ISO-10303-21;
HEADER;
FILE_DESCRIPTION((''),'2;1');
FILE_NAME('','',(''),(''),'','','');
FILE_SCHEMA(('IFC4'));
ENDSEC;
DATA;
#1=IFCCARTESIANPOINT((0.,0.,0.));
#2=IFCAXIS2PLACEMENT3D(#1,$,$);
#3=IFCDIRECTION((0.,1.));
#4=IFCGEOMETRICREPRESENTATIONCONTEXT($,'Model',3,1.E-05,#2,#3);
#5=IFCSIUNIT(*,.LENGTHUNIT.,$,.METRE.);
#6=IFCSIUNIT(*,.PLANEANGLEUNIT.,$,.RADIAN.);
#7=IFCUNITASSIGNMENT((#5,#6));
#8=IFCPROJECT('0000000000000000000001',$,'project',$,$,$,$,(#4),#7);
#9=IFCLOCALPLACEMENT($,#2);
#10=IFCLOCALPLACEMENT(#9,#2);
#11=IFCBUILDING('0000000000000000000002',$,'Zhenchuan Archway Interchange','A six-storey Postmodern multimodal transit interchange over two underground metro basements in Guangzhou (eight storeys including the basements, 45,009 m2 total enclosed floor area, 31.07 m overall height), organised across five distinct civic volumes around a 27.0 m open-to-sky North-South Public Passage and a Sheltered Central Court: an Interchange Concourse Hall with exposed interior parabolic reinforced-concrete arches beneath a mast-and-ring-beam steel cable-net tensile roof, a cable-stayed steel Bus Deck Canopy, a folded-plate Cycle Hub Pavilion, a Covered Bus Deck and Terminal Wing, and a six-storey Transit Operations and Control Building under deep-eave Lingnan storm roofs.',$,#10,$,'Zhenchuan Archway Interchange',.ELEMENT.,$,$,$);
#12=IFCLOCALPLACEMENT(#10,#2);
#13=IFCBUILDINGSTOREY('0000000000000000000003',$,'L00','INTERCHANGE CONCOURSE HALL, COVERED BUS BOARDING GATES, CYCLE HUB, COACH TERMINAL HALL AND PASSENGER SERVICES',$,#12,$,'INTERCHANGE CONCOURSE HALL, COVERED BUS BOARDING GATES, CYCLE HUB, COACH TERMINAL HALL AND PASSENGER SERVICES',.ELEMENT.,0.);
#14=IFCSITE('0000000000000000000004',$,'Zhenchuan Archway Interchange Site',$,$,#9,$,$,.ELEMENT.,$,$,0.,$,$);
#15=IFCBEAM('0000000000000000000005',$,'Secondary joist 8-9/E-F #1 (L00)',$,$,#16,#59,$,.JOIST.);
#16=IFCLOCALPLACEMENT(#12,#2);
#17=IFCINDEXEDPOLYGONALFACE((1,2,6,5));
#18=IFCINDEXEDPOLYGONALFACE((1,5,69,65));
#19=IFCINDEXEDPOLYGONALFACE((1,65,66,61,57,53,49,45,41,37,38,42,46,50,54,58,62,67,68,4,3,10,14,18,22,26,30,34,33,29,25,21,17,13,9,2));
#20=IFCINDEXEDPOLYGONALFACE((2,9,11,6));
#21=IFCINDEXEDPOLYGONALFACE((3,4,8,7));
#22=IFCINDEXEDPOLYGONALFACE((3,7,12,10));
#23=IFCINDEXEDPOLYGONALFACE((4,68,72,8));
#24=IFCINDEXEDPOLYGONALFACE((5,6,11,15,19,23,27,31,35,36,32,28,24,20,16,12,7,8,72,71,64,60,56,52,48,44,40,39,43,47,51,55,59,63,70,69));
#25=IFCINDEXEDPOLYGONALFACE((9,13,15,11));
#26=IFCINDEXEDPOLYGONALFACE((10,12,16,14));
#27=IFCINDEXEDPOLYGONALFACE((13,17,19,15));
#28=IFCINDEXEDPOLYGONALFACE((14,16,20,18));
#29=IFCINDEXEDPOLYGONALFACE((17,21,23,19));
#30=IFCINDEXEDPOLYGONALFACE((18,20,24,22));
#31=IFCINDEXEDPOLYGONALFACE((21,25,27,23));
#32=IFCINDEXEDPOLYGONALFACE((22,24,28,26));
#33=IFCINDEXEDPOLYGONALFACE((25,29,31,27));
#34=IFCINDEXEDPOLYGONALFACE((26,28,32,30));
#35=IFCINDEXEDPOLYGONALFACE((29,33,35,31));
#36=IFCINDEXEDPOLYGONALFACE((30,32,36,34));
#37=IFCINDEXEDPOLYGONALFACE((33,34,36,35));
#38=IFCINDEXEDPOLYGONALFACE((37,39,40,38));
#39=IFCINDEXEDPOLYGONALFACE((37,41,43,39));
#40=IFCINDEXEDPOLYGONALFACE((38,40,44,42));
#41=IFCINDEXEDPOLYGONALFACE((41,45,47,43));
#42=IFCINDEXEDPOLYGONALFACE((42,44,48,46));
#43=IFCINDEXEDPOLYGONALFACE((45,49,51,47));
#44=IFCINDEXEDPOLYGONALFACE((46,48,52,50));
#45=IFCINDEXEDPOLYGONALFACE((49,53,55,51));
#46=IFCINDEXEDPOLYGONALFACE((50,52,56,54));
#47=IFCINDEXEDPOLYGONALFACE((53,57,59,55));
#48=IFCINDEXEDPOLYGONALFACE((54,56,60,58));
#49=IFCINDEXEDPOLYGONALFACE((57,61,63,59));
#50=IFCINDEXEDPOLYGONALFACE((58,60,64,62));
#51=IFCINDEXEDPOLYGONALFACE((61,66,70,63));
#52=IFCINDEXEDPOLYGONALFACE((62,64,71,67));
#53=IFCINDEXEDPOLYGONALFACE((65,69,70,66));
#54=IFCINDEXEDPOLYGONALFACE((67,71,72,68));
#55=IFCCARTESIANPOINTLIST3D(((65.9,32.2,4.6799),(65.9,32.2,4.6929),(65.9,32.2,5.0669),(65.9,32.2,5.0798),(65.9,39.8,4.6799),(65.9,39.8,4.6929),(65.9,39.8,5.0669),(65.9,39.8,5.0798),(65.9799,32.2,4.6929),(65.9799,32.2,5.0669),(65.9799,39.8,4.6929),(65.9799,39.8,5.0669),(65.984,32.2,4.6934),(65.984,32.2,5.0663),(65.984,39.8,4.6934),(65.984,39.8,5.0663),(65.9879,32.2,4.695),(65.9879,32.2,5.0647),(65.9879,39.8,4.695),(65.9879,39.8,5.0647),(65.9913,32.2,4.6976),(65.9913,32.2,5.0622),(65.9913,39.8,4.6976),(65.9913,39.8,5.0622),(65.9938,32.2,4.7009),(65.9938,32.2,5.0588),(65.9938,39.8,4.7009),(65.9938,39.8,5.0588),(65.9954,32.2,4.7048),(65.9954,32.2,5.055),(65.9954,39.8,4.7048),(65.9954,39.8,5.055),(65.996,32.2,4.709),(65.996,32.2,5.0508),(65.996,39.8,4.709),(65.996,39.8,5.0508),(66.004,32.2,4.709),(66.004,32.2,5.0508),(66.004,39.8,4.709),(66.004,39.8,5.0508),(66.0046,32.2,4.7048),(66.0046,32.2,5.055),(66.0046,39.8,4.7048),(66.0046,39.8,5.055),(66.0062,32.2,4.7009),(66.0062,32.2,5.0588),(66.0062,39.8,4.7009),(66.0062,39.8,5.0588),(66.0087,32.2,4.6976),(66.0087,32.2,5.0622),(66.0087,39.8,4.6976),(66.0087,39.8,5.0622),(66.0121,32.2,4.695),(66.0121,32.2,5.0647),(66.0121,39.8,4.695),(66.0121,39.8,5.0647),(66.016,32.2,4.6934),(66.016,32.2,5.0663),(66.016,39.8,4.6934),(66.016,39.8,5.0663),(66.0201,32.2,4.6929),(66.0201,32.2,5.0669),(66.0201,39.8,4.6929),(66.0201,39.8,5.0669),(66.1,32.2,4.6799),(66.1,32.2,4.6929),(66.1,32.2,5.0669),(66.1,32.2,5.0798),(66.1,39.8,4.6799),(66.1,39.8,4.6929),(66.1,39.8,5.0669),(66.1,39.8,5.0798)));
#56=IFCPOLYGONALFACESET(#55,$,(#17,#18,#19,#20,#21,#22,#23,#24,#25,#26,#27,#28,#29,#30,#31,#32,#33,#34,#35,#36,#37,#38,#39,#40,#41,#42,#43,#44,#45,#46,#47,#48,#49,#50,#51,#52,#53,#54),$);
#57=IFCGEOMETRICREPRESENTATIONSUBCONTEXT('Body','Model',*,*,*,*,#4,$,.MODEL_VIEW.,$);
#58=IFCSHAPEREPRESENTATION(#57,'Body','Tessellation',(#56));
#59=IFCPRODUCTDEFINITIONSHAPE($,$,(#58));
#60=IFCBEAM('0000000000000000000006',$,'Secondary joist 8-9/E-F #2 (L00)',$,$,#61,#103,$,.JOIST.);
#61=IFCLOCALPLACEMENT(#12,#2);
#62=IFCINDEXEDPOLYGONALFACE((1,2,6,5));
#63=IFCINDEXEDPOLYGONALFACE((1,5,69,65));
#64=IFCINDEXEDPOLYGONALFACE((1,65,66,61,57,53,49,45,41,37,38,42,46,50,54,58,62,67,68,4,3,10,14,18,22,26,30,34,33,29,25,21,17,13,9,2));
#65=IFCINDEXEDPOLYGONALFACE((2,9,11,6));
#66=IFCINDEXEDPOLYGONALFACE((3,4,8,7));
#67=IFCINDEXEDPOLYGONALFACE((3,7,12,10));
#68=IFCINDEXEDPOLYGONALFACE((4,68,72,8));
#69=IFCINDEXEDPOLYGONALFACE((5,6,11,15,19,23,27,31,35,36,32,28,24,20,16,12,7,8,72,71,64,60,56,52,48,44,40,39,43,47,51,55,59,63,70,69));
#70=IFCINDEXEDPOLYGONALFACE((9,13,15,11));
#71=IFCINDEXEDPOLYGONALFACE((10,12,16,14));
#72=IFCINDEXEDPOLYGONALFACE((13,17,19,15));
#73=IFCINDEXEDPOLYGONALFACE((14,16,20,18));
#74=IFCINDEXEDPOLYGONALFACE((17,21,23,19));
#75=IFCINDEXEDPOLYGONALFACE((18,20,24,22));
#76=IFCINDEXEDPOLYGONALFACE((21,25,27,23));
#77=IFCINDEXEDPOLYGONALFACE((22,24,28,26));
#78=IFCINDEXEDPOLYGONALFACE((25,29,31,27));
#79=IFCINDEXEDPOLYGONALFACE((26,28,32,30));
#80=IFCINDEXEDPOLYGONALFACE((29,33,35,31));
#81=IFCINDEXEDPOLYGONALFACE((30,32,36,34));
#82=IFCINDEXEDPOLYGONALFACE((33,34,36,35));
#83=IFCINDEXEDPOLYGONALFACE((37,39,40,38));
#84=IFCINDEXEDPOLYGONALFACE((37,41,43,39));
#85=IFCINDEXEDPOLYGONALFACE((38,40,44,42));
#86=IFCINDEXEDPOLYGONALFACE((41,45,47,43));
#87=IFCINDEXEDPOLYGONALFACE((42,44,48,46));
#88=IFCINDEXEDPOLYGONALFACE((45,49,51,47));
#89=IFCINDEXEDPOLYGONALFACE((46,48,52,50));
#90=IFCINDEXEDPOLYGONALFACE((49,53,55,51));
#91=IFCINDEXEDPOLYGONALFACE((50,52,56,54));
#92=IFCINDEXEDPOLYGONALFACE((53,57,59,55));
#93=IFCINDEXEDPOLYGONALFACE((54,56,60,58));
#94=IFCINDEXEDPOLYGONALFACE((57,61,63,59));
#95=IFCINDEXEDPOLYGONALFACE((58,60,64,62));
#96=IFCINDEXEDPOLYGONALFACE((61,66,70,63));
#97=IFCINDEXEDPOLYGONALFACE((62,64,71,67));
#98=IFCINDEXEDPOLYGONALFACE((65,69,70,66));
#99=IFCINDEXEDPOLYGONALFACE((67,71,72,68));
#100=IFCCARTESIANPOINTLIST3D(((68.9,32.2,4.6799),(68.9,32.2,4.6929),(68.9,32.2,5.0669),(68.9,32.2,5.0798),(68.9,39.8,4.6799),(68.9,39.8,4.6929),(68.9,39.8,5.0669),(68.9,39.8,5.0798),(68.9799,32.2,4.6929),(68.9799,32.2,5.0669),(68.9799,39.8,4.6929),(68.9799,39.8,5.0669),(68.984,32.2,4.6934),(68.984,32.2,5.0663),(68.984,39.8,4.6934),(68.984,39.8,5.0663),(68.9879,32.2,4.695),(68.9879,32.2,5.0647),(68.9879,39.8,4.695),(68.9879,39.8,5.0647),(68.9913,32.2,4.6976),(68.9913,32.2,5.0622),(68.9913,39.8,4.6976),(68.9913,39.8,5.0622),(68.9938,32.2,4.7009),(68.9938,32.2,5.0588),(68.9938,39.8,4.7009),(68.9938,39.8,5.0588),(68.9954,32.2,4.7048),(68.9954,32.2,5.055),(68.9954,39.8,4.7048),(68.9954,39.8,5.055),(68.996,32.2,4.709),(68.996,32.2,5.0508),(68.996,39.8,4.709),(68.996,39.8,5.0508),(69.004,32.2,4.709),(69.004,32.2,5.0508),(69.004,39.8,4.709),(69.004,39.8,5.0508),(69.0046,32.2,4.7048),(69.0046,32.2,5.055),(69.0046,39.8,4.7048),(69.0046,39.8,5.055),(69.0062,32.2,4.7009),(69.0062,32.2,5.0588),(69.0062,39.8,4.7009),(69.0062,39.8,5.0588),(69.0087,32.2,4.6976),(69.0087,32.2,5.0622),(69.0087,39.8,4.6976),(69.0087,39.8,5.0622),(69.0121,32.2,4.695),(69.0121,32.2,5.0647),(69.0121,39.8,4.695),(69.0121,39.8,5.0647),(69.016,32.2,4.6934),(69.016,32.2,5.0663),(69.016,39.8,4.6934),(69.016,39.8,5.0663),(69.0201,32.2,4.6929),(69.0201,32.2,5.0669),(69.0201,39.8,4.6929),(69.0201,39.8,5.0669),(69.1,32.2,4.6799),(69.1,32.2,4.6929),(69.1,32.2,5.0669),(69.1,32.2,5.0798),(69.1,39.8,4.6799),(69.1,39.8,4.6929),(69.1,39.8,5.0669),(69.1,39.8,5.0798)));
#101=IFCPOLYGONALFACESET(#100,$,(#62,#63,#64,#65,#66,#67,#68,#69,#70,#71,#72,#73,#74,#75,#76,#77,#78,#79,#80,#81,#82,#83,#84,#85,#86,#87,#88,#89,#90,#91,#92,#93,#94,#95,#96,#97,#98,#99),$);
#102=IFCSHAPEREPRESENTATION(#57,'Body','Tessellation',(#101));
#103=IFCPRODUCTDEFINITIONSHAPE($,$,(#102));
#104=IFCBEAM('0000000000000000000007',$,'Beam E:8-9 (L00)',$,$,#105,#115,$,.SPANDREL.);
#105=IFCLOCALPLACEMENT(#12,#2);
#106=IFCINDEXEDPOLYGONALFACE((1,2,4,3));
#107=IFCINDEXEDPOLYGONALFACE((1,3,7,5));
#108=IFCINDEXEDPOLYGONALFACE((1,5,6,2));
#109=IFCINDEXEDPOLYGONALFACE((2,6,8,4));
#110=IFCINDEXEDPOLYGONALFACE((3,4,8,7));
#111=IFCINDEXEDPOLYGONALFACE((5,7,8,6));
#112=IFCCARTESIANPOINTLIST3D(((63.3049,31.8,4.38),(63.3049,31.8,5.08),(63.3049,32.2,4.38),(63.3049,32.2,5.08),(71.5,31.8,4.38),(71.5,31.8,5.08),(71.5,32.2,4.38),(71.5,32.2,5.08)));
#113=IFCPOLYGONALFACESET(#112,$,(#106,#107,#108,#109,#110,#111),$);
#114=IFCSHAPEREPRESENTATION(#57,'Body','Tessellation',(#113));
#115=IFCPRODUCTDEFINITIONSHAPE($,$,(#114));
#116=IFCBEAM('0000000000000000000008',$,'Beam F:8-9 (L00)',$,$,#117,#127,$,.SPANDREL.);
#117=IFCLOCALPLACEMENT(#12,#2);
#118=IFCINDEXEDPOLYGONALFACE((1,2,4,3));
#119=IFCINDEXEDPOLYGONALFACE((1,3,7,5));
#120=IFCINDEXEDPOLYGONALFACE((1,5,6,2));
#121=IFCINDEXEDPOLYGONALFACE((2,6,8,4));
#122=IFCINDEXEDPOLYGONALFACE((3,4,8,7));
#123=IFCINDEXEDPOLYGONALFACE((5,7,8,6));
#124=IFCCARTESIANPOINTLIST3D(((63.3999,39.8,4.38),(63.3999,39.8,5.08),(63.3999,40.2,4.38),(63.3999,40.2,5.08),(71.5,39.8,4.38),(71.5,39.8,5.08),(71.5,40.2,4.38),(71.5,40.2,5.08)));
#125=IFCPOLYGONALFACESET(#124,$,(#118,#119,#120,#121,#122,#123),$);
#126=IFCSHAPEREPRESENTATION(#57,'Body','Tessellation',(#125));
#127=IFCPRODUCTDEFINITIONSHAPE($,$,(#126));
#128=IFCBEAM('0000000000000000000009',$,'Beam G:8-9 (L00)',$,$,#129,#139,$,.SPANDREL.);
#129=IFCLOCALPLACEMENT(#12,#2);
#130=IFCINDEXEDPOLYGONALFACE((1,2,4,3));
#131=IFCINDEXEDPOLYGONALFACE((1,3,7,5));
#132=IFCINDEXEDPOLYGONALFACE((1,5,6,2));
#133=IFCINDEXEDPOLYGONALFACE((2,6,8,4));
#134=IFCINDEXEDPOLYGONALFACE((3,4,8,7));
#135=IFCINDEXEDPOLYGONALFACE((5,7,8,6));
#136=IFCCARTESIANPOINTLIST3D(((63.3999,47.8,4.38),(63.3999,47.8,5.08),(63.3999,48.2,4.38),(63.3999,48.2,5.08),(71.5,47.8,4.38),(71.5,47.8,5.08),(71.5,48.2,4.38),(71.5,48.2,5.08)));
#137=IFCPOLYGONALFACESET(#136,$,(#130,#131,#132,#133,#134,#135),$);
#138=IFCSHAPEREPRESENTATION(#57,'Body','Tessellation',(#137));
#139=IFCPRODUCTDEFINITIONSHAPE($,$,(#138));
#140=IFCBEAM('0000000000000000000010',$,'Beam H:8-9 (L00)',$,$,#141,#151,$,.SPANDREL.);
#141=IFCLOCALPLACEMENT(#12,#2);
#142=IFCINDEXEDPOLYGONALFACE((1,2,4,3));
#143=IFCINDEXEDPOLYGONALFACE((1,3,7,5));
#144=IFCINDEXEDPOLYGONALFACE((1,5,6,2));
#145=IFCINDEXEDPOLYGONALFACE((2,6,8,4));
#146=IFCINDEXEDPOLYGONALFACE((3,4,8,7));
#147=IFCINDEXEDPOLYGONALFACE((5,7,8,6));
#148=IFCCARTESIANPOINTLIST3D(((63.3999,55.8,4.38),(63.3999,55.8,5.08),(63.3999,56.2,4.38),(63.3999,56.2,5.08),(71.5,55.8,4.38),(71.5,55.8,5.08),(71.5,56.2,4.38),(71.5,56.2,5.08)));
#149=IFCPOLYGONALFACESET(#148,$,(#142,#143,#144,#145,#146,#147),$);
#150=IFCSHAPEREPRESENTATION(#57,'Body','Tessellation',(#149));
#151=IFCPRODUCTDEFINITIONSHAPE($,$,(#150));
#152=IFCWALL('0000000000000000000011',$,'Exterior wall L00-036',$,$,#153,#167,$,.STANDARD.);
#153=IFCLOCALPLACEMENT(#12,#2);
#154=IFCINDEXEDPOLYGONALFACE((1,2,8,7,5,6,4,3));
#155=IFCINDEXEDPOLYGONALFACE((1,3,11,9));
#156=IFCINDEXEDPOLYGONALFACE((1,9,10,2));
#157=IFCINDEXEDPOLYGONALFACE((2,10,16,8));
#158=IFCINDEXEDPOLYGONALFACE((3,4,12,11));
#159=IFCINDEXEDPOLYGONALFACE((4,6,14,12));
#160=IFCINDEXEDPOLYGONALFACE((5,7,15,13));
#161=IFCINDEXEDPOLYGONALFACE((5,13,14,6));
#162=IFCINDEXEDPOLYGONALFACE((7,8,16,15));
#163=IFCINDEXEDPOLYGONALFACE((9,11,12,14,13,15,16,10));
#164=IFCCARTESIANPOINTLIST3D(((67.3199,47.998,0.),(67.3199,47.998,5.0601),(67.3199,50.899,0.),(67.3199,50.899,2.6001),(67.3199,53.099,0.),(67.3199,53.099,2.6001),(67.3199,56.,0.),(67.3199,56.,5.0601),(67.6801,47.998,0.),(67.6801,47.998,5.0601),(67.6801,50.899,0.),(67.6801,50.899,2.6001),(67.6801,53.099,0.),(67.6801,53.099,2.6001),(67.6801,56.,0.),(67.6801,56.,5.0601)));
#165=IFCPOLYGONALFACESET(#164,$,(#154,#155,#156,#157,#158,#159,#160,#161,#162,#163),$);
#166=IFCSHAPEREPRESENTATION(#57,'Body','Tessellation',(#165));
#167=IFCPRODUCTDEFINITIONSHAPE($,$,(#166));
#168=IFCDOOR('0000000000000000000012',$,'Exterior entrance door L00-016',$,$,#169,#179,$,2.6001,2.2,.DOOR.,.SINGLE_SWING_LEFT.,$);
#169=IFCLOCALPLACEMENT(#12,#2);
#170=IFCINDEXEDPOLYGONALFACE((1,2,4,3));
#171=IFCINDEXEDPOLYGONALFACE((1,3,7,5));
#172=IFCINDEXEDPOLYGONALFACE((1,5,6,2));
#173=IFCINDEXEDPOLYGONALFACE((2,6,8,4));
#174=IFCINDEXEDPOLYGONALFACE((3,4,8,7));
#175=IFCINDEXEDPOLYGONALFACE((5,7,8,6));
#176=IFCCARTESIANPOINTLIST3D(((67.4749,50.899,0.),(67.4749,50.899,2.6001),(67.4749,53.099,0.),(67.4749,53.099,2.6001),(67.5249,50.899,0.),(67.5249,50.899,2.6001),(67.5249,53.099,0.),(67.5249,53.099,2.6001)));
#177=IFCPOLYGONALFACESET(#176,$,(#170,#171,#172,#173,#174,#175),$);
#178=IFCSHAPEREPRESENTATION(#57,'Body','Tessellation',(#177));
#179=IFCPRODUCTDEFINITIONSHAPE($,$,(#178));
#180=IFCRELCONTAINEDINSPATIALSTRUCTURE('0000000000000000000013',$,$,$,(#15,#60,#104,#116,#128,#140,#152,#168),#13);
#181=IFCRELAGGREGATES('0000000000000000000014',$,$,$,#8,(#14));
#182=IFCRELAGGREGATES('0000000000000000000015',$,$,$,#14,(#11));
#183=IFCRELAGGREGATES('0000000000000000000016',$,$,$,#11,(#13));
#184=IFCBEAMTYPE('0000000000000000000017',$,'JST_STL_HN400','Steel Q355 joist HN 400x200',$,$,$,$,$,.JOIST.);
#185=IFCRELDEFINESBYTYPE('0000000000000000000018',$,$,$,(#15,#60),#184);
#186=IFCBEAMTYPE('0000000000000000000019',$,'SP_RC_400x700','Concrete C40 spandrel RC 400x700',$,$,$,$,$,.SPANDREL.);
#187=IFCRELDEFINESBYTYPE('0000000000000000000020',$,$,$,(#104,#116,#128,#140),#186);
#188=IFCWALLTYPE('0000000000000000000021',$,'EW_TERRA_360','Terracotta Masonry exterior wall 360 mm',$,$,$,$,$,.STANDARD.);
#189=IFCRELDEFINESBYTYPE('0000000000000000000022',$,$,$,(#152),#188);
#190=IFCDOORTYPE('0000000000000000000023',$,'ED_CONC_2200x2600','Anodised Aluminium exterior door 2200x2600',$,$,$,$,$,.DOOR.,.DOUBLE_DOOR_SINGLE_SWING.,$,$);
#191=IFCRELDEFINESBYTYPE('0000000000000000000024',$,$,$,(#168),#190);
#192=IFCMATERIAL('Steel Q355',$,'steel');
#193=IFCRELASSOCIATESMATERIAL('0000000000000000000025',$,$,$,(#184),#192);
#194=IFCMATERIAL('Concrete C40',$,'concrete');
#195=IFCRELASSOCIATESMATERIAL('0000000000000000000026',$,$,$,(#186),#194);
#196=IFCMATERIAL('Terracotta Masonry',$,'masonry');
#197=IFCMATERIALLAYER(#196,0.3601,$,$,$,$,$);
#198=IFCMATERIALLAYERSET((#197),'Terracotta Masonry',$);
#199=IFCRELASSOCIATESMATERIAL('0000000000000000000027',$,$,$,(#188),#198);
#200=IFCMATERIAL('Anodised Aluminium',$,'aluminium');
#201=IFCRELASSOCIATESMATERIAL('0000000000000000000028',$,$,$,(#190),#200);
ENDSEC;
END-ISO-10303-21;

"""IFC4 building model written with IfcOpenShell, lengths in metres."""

from ifc_helpers import new_model, si_unit, direction, frame, frame_2d, origin, origin_2d, place, context, subcontext, project, spatial, rectangle, i_section, extrude, material, layer, layer_set, material_profile, profile_set, type_object, element, fill, save


model = new_model("IFC4")

# Units and contexts
model_context = context("Model", 3, precision=1e-05, world=origin(), true_north=direction((0.0, 1.0)))
body_context = subcontext(model_context, "Body", "Model", "MODEL_VIEW")
ifc_project = project(units=[si_unit("LENGTHUNIT", "METRE"), si_unit("PLANEANGLEUNIT", "RADIAN")], contexts=[model_context])

# Site, building, storey
site_placement = place(None, origin())
site = spatial("IfcSite", under=ifc_project, at=site_placement, Name="Zhenchuan Archway Interchange Site", CompositionType="ELEMENT", RefElevation=0.0)
building_placement = place(site_placement, origin())
building = spatial("IfcBuilding", under=site, at=building_placement, Name="Zhenchuan Archway Interchange", Description="A six-storey Postmodern multimodal transit interchange over two underground metro basements in Guangzhou (eight storeys including the basements, 45,009 m2 total enclosed floor area, 31.07 m overall height), organised across five distinct civic volumes around a 27.0 m open-to-sky North-South Public Passage and a Sheltered Central Court: an Interchange Concourse Hall with exposed interior parabolic reinforced-concrete arches beneath a mast-and-ring-beam steel cable-net tensile roof, a cable-stayed steel Bus Deck Canopy, a folded-plate Cycle Hub Pavilion, a Covered Bus Deck and Terminal Wing, and a six-storey Transit Operations and Control Building under deep-eave Lingnan storm roofs.", LongName="Zhenchuan Archway Interchange", CompositionType="ELEMENT")
storey_placement = place(building_placement, origin())
storey = spatial("IfcBuildingStorey", under=building, at=storey_placement, Name="L00", Description="INTERCHANGE CONCOURSE HALL, COVERED BUS BOARDING GATES, CYCLE HUB, COACH TERMINAL HALL AND PASSENGER SERVICES", LongName="INTERCHANGE CONCOURSE HALL, COVERED BUS BOARDING GATES, CYCLE HUB, COACH TERMINAL HALL AND PASSENGER SERVICES", CompositionType="ELEMENT", Elevation=0.0)

# Beams
ifc_material_1 = material(Name="Concrete C40", Category="concrete")
ifc_material_2 = material(Name="Steel Q355", Category="steel")
ifc_material_profile_1 = material_profile(ifc_material_2, i_section(OverallWidth=0.2, OverallDepth=0.3999, WebThickness=0.0081, FlangeThickness=0.0129, FilletRadius=0.0161, at=origin_2d()), Name="HN 400x200")
ifc_profile_set_1 = profile_set([ifc_material_profile_1], Name="Steel Q355")
beam_type_1 = type_object("IfcBeamType", Name="JST_STL_HN400", Description="Steel Q355 joist HN 400x200", PredefinedType="JOIST", material=ifc_profile_set_1)
for number, where, z_axis, x_axis, name in (
    (1, (66.0, 32.2, 4.8799), (0.0, 1.0, 0.0), (-1.0, 0.0, 0.0), "Secondary joist 8-9/E-F #1 (L00)"),
    (2, (69.0, 32.2, 4.8799), (0.0, 1.0, 0.0), (-1.0, 0.0, 0.0), "Secondary joist 8-9/E-F #2 (L00)"),
):
    element("IfcBeam", number, at=place(storey_placement, frame(where, z_axis=z_axis, x_axis=x_axis)), inside=storey, type_object=beam_type_1, Name=name, PredefinedType="JOIST", context=body_context, shape_type="SweptSolid", body=[
        extrude(i_section(OverallWidth=0.2, OverallDepth=0.3999, WebThickness=0.0081, FlangeThickness=0.0129, FilletRadius=0.0161, at=origin_2d()), origin(), (0.0, 0.0, 1.0), 7.6001),
    ])
ifc_material_profile_2 = material_profile(ifc_material_1, rectangle(XDim=0.3999, YDim=0.7, at=origin_2d()), Name="RC 400x700")
ifc_profile_set_2 = profile_set([ifc_material_profile_2], Name="Concrete C40")
beam_type_2 = type_object("IfcBeamType", Name="SP_RC_400x700", Description="Concrete C40 spandrel RC 400x700", PredefinedType="SPANDREL", material=ifc_profile_set_2)
beam_1_placement = place(storey_placement, frame((63.3049, 32.0, 4.73), z_axis=(1.0, 0.0, 0.0), x_axis=(0.0, 1.0, 0.0)))
element("IfcBeam", 3, at=beam_1_placement, inside=storey, type_object=beam_type_2, Name="Beam E:8-9 (L00)", PredefinedType="SPANDREL", context=body_context, shape_type="SweptSolid", body=[
    extrude(rectangle(XDim=0.3999, YDim=0.7, at=origin_2d()), origin(), (0.0, 0.0, 1.0), 8.1951),
])
for number, where, z_axis, x_axis, name in (
    (4, (63.3999, 40.0, 4.73), (1.0, 0.0, 0.0), (0.0, 1.0, 0.0), "Beam F:8-9 (L00)"),
    (5, (63.3999, 48.0, 4.73), (1.0, 0.0, 0.0), (0.0, 1.0, 0.0), "Beam G:8-9 (L00)"),
    (6, (63.3999, 56.0, 4.73), (1.0, 0.0, 0.0), (0.0, 1.0, 0.0), "Beam H:8-9 (L00)"),
):
    element("IfcBeam", number, at=place(storey_placement, frame(where, z_axis=z_axis, x_axis=x_axis)), inside=storey, type_object=beam_type_2, Name=name, PredefinedType="SPANDREL", context=body_context, shape_type="SweptSolid", body=[
        extrude(rectangle(XDim=0.3999, YDim=0.7, at=origin_2d()), origin(), (0.0, 0.0, 1.0), 8.1001),
    ])

# Wall, opening, door
ifc_material_3 = material(Name="Terracotta Masonry", Category="masonry")
ifc_layer = layer(ifc_material_3, 0.3601)
ifc_layer_set = layer_set([ifc_layer], Name="Terracotta Masonry")
wall_type = type_object("IfcWallType", Name="EW_TERRA_360", Description="Terracotta Masonry exterior wall 360 mm", PredefinedType="STANDARD", material=ifc_layer_set)
wall_1_placement = place(storey_placement, frame((67.5, 56.0, 0.0), z_axis=(0.0, 0.0, 1.0), x_axis=(0.0, -1.0, 0.0)))
wall_1 = element("IfcWall", 7, at=wall_1_placement, inside=storey, type_object=wall_type, Name="Exterior wall L00-036", PredefinedType="STANDARD", context=body_context, shape_type="SweptSolid", body=[
    extrude(rectangle(XDim=8.002, YDim=0.3601, at=frame_2d((4.001, 0.0))), origin(), (0.0, 0.0, 1.0), 5.0601),
])
opening_1_placement = place(wall_1_placement, frame((2.9009, 0.0, 0.0)))
opening_1 = element("IfcOpeningElement", 8, at=opening_1_placement, cuts=wall_1, PredefinedType="OPENING", context=body_context, shape_type="SweptSolid", body=[
    extrude(rectangle(XDim=2.2, YDim=2.6001, at=frame_2d((1.1001, 1.3))), frame((0.0, 0.1919, 0.0), z_axis=(0.0, -1.0, 0.0), x_axis=(1.0, 0.0, 0.0)), (0.0, 0.0, 1.0), 0.384),
])
ifc_material_4 = material(Name="Anodised Aluminium", Category="aluminium")
door_type = type_object("IfcDoorType", Name="ED_CONC_2200x2600", Description="Anodised Aluminium exterior door 2200x2600", OperationType="DOUBLE_DOOR_SINGLE_SWING", PredefinedType="DOOR", material=ifc_material_4)
door_1_placement = place(opening_1_placement, origin())
door_1 = element("IfcDoor", 9, at=door_1_placement, inside=storey, type_object=door_type, Name="Exterior entrance door L00-016", OperationType="SINGLE_SWING_LEFT", OverallHeight=2.6001, OverallWidth=2.2, PredefinedType="DOOR", context=body_context, shape_type="SweptSolid", body=[
    extrude(rectangle(XDim=2.2, YDim=2.6001, at=frame_2d((1.1001, 1.3))), frame((0.0, 0.0249, 0.0), z_axis=(0.0, -1.0, 0.0), x_axis=(1.0, 0.0, 0.0)), (0.0, 0.0, 1.0), 0.05),
])
fill(opening_1, door_1)

save(model, "model.ifc")
